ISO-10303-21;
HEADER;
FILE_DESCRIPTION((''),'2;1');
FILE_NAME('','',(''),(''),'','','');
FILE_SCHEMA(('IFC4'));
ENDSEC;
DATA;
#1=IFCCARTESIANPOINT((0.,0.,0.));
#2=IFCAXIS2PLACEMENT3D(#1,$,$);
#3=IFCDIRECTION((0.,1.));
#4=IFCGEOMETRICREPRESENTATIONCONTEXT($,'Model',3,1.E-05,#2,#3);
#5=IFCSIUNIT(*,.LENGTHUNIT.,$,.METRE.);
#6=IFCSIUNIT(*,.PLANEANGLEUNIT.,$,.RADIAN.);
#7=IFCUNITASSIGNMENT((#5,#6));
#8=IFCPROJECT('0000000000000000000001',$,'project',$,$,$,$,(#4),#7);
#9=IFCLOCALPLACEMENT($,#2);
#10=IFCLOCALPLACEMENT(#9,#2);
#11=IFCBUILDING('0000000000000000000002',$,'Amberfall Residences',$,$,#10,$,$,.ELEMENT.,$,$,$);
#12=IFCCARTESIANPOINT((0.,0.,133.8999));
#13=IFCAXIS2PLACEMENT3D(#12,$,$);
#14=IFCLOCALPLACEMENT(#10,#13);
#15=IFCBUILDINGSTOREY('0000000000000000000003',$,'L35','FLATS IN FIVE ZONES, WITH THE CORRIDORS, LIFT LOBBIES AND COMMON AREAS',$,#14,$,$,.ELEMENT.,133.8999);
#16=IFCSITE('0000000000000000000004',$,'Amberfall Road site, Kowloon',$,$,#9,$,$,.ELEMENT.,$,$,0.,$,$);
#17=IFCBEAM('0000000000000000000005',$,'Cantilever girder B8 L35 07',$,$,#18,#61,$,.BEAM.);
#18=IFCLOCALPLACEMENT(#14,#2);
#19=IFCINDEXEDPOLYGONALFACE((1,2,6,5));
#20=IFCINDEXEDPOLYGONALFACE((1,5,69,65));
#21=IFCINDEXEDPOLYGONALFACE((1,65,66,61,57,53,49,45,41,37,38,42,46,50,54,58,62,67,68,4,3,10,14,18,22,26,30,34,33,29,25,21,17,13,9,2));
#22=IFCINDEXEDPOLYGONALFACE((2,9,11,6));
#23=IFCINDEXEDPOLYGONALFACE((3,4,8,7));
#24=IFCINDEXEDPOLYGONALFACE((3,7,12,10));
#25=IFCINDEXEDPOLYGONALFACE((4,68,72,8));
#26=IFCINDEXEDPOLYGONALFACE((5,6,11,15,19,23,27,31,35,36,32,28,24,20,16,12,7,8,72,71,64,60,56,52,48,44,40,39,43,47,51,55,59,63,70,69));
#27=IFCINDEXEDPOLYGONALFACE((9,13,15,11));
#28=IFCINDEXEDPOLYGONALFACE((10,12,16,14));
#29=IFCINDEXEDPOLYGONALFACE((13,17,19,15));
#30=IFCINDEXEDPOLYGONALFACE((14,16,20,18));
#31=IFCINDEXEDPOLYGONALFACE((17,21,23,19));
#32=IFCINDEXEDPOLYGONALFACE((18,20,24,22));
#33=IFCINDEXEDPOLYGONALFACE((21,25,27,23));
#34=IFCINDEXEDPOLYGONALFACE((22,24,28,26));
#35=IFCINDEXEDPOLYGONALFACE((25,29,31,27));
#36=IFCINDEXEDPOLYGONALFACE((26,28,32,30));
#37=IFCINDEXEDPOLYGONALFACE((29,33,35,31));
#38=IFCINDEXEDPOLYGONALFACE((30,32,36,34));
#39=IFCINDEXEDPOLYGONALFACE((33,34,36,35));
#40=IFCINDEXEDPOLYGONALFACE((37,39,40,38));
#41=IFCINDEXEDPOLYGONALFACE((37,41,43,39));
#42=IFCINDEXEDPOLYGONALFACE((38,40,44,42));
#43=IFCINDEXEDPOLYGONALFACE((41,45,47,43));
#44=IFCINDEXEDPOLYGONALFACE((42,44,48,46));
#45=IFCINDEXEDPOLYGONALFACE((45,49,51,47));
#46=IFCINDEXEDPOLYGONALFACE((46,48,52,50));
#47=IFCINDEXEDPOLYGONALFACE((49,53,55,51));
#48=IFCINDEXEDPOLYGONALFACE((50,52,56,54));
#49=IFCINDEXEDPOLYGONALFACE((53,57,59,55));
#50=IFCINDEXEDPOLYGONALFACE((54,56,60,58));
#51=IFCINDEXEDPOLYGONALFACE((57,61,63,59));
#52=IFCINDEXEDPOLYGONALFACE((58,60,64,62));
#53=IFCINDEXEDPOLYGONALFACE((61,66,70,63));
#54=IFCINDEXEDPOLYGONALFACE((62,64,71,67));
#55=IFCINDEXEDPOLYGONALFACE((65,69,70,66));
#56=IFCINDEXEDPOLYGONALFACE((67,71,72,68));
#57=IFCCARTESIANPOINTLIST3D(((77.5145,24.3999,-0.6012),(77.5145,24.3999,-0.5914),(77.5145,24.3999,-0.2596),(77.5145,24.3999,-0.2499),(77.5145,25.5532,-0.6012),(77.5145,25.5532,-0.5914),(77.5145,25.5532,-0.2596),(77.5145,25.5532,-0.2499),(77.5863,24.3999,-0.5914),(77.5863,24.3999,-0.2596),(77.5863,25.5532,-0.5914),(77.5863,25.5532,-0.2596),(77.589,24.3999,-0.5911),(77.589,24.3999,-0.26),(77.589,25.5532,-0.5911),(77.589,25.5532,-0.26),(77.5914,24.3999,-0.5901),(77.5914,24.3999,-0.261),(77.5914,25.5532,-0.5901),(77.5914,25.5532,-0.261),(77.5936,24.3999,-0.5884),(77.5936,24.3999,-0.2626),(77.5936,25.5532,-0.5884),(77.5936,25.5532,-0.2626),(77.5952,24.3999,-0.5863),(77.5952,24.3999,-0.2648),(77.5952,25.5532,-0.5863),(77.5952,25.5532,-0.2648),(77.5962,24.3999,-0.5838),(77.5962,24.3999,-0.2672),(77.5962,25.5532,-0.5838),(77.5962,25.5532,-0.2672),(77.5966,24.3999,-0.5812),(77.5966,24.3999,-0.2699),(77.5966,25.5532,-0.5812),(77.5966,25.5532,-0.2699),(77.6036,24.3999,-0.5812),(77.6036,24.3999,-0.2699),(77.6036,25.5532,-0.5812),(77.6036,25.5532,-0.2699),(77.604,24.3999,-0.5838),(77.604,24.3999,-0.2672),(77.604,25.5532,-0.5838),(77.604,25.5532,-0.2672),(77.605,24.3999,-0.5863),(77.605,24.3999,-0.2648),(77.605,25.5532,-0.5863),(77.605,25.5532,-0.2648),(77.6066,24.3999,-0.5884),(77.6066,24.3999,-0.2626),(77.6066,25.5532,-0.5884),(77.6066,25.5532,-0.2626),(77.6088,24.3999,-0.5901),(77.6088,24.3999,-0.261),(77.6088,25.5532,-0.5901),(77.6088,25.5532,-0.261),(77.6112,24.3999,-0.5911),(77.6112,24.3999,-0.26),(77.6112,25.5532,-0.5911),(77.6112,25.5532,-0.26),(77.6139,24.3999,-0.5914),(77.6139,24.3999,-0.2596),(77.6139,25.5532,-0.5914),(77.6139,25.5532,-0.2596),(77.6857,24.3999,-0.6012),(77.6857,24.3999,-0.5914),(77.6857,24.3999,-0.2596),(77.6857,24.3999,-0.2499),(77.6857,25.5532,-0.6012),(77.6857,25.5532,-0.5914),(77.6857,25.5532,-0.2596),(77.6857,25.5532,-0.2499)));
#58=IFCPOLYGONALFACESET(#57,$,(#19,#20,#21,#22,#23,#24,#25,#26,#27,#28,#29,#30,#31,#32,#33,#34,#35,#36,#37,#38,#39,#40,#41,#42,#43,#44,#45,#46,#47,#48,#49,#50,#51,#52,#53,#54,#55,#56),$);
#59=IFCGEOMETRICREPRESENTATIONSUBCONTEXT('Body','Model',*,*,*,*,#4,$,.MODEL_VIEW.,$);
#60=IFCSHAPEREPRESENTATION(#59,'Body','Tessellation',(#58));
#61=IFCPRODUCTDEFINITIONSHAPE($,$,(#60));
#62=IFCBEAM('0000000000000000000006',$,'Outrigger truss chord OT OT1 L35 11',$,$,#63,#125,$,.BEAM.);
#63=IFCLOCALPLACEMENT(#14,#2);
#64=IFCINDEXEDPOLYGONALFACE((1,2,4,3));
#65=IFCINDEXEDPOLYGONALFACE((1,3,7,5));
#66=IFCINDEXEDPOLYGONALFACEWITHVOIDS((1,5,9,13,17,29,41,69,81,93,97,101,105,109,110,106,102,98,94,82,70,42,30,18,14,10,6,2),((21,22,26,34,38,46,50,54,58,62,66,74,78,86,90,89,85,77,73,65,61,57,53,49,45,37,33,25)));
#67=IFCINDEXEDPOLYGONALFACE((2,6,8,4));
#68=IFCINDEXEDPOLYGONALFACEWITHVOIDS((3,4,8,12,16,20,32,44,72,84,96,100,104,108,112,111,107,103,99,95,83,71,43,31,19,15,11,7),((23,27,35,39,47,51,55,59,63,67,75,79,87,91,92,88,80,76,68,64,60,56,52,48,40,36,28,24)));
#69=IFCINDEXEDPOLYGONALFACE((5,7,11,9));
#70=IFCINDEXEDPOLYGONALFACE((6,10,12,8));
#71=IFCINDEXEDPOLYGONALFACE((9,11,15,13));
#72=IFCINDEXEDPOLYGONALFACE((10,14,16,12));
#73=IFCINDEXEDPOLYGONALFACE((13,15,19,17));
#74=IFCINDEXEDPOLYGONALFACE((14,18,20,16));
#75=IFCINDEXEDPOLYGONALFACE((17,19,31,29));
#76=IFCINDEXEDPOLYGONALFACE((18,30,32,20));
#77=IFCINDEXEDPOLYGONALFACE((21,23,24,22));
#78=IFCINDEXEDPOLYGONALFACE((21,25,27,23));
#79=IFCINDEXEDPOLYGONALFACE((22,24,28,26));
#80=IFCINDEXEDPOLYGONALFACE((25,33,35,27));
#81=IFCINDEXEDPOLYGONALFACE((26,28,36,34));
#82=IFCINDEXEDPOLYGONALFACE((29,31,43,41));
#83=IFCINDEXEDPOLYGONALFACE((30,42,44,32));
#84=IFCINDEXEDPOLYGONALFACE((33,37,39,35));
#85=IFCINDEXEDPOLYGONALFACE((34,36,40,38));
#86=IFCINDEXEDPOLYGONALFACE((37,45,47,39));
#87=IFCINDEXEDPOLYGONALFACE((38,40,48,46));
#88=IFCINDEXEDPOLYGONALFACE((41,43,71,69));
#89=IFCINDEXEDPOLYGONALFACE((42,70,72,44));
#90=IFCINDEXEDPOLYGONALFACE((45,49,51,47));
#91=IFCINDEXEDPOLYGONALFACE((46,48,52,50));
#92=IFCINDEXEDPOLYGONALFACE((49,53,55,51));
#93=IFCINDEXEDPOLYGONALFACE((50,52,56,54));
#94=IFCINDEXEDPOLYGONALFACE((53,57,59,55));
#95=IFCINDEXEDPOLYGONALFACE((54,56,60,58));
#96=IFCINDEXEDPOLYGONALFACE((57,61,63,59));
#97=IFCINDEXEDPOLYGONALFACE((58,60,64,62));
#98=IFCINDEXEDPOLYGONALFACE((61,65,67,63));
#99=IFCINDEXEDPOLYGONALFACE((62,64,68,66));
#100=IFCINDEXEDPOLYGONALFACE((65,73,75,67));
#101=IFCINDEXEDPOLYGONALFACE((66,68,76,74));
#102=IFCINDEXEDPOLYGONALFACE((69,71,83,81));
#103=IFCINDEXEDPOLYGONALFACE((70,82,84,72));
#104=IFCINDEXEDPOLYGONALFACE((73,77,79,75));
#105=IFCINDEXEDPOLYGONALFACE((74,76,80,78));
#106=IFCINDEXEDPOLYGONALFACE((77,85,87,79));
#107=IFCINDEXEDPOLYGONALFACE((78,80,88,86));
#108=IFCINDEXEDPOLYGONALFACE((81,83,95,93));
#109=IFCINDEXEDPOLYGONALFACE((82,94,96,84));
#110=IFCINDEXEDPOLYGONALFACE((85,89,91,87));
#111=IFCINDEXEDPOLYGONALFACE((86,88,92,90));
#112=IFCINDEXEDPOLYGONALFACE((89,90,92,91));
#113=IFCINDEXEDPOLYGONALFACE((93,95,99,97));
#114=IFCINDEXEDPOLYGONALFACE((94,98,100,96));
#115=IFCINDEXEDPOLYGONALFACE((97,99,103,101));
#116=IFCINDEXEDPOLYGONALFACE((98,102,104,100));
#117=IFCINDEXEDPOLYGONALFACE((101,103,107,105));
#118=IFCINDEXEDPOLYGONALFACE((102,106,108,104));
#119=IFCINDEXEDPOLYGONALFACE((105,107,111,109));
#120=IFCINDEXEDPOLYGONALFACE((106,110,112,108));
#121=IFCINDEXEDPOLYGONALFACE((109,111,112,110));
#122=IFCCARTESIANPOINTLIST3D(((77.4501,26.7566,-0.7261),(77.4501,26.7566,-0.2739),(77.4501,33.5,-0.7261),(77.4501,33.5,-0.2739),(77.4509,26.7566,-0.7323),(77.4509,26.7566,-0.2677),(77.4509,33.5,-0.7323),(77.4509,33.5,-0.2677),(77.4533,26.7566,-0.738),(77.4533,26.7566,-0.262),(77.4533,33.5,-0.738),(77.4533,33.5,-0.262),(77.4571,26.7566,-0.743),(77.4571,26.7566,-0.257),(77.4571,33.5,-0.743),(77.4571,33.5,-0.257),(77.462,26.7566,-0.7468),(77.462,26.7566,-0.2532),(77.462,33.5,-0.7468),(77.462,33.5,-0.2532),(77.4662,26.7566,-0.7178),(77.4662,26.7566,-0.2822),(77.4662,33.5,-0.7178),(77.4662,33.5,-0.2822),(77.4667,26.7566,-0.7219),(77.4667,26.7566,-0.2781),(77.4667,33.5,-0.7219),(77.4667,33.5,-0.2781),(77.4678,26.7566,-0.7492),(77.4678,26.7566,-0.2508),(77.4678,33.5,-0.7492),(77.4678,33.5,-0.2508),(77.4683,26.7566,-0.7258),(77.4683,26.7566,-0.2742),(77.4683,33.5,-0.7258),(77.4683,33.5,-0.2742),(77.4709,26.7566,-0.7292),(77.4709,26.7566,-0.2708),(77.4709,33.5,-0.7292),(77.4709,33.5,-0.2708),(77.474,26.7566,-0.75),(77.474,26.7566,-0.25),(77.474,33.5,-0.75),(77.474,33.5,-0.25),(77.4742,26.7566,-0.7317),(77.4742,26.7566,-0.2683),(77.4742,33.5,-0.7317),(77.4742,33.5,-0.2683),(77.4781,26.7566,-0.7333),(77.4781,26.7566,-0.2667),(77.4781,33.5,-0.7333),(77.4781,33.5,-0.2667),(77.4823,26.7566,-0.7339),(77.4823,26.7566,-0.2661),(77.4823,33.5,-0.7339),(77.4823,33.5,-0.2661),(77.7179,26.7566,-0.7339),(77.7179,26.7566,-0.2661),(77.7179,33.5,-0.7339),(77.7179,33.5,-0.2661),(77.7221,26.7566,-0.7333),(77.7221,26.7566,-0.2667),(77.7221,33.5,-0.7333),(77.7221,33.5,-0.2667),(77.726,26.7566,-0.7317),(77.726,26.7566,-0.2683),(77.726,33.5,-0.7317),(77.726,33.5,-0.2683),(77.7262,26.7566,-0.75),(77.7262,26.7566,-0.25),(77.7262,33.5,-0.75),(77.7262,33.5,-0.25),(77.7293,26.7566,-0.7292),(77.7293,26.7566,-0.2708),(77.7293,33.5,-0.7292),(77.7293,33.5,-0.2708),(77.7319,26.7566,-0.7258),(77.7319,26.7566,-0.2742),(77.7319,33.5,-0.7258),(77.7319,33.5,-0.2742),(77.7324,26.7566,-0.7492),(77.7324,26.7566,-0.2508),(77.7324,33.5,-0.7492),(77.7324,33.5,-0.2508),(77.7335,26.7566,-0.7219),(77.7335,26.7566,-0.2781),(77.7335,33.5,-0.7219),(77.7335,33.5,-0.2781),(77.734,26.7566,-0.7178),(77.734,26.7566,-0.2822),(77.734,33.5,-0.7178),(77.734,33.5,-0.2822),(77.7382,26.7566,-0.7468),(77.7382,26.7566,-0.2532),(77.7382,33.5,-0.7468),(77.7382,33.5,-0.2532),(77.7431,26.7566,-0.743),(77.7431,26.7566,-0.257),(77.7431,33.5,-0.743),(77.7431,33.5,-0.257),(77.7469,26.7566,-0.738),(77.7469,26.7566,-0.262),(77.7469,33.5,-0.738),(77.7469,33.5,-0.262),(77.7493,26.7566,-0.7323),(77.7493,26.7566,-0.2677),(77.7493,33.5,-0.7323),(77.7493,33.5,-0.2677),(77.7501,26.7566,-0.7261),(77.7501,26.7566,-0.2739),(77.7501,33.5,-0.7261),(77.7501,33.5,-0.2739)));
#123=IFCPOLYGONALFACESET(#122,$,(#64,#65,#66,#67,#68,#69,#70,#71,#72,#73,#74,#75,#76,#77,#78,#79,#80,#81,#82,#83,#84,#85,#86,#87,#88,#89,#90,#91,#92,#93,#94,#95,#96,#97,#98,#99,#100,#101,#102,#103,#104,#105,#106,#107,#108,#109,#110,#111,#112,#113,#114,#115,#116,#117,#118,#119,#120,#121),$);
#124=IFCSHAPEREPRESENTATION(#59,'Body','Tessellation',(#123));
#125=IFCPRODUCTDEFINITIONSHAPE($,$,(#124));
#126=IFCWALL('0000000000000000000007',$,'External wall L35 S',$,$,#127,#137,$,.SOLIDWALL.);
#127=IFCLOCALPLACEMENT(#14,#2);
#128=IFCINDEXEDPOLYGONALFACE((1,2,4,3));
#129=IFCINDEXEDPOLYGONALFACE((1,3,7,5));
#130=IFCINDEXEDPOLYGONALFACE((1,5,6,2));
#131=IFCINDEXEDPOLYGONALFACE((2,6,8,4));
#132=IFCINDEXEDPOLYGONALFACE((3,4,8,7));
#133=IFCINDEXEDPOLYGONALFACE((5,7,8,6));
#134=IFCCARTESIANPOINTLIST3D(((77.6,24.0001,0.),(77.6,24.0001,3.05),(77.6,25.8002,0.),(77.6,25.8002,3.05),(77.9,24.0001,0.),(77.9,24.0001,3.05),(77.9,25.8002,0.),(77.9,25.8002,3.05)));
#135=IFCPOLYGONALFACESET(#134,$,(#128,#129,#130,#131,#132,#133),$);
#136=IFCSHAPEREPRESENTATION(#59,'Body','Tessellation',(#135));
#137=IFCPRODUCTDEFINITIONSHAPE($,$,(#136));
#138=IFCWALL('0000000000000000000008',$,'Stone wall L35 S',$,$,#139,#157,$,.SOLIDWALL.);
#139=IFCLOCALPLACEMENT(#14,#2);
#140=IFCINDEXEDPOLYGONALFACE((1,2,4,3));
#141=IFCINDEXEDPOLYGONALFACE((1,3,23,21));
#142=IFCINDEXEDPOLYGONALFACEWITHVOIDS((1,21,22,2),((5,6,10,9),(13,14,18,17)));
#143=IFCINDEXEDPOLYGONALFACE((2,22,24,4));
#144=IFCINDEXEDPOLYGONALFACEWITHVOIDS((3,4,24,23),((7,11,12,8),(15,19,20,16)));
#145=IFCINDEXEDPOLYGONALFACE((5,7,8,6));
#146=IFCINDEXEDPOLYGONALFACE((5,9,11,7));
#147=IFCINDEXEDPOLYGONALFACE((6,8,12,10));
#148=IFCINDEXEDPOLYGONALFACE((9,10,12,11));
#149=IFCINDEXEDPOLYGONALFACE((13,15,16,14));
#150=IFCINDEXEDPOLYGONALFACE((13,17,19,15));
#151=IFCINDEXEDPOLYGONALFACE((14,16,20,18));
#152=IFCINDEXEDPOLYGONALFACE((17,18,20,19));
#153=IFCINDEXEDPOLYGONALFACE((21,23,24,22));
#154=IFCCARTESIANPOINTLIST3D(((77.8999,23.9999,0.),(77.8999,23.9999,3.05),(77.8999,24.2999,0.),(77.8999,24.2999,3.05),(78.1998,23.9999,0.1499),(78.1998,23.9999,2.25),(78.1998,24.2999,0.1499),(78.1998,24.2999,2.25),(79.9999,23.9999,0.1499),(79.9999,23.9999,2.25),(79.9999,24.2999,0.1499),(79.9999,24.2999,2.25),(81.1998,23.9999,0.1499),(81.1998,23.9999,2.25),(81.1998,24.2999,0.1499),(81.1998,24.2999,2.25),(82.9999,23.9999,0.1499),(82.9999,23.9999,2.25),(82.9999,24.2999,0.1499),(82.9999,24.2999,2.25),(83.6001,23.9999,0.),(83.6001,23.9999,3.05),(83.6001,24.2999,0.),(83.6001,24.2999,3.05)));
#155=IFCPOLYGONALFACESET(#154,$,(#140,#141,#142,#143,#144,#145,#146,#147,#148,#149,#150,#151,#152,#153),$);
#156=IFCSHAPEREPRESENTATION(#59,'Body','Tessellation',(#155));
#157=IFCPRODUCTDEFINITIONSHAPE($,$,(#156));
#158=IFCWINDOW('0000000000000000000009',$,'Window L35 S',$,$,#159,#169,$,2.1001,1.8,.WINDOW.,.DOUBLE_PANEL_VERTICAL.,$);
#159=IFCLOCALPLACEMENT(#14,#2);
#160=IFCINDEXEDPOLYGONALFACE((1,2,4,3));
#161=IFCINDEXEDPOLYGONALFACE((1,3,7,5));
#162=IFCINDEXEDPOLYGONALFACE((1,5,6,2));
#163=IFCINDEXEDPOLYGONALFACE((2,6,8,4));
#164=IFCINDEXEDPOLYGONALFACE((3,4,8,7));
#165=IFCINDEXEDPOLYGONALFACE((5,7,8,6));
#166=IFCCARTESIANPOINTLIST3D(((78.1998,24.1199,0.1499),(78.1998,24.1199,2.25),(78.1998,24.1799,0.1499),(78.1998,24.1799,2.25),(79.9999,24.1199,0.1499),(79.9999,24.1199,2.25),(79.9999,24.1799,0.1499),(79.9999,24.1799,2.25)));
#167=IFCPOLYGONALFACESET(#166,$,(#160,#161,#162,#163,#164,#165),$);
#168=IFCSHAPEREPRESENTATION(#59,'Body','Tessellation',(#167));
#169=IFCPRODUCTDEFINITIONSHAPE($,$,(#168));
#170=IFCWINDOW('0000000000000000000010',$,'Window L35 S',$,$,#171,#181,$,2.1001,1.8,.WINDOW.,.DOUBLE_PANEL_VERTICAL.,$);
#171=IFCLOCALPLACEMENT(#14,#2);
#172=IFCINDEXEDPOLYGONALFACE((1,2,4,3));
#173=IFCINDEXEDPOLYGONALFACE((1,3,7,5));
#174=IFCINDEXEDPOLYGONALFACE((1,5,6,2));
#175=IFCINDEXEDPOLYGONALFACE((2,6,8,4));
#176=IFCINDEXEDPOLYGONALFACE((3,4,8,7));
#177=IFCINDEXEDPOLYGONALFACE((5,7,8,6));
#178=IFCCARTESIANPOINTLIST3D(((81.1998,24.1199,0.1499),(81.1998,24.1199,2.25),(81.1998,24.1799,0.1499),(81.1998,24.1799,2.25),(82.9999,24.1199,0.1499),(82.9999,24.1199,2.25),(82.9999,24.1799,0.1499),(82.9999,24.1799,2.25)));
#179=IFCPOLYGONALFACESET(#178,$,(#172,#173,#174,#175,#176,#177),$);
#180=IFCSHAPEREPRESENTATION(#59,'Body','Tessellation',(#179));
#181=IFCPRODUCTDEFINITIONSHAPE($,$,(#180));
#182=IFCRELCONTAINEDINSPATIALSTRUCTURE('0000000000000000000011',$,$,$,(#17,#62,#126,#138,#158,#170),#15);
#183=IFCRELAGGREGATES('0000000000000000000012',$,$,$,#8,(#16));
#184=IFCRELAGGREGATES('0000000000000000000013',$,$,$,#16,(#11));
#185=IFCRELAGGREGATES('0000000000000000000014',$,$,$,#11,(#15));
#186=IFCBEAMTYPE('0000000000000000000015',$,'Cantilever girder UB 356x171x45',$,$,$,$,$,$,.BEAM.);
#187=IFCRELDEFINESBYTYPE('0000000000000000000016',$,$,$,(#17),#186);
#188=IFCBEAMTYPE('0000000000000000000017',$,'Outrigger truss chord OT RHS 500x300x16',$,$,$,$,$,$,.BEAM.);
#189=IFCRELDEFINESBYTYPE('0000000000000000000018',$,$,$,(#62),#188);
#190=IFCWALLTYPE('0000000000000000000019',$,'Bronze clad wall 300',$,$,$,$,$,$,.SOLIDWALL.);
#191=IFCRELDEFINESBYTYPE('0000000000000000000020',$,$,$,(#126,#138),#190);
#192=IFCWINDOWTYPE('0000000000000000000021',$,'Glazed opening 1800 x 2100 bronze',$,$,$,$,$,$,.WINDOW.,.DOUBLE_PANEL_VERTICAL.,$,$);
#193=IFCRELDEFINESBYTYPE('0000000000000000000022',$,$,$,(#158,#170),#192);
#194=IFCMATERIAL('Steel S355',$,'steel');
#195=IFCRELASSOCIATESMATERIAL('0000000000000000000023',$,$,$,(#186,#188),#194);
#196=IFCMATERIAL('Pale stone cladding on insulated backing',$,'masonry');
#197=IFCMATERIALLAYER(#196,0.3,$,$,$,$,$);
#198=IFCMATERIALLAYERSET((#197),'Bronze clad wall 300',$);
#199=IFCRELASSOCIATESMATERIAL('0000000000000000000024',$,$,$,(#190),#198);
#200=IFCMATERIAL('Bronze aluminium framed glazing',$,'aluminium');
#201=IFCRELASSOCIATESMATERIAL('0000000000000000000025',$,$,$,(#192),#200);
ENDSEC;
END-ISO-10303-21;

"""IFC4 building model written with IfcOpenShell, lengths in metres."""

from ifc_helpers import new_model, si_unit, direction, frame, frame_2d, origin, origin_2d, place, context, subcontext, project, spatial, rectangle, hollow_rectangle, i_section, extrude, material, layer, layer_set, material_profile, profile_set, type_object, element, fill, save


model = new_model("IFC4")

# Units and contexts
model_context = context("Model", 3, precision=1e-05, world=origin(), true_north=direction((0.0, 1.0)))
body_context = subcontext(model_context, "Body", "Model", "MODEL_VIEW")
ifc_project = project(units=[si_unit("LENGTHUNIT", "METRE"), si_unit("PLANEANGLEUNIT", "RADIAN")], contexts=[model_context])

# Site, building, storey
site_placement = place(None, origin())
site = spatial("IfcSite", under=ifc_project, at=site_placement, Name="Amberfall Road site, Kowloon", CompositionType="ELEMENT", RefElevation=0.0)
building_placement = place(site_placement, origin())
building = spatial("IfcBuilding", under=site, at=building_placement, Name="Amberfall Residences", CompositionType="ELEMENT")
storey_placement = place(building_placement, frame((0.0, 0.0, 133.8999)))
storey = spatial("IfcBuildingStorey", under=building, at=storey_placement, Name="L35", Description="FLATS IN FIVE ZONES, WITH THE CORRIDORS, LIFT LOBBIES AND COMMON AREAS", CompositionType="ELEMENT", Elevation=133.8999)

# Beams
ifc_material_1 = material(Name="Steel S355", Category="steel")
ifc_material_profile_1 = material_profile(ifc_material_1, i_section(OverallWidth=0.1711, OverallDepth=0.3513, WebThickness=0.0071, FlangeThickness=0.0098, FilletRadius=0.0103, at=origin_2d()), Name="UB 356x171x45")
ifc_profile_set_1 = profile_set([ifc_material_profile_1], Name="Steel S355")
beam_type_1 = type_object("IfcBeamType", Name="Cantilever girder UB 356x171x45", PredefinedType="BEAM", material=ifc_profile_set_1)
beam_1_placement = place(storey_placement, frame((77.6001, 25.5532, -0.4255), z_axis=(0.0, -1.0, 0.0), x_axis=(1.0, 0.0, 0.0)))
element("IfcBeam", 1, at=beam_1_placement, inside=storey, type_object=beam_type_1, Name="Cantilever girder B8 L35 07", PredefinedType="BEAM", context=body_context, shape_type="SweptSolid", body=[
    extrude(i_section(OverallWidth=0.1711, OverallDepth=0.3513, WebThickness=0.0071, FlangeThickness=0.0098, FilletRadius=0.0103, at=origin_2d()), origin(), (0.0, 0.0, 1.0), 1.1533),
])
ifc_material_profile_2 = material_profile(ifc_material_1, hollow_rectangle(XDim=0.3, YDim=0.5, WallThickness=0.0161, InnerFilletRadius=0.0161, OuterFilletRadius=0.0239, at=origin_2d()), Name="RHS 500x300x16")
ifc_profile_set_2 = profile_set([ifc_material_profile_2], Name="Steel S355")
beam_type_2 = type_object("IfcBeamType", Name="Outrigger truss chord OT RHS 500x300x16", PredefinedType="BEAM", material=ifc_profile_set_2)
beam_2_placement = place(storey_placement, frame((77.6001, 26.7566, -0.5), z_axis=(0.0, 1.0, 0.0), x_axis=(-1.0, 0.0, 0.0)))
element("IfcBeam", 2, at=beam_2_placement, inside=storey, type_object=beam_type_2, Name="Outrigger truss chord OT OT1 L35 11", PredefinedType="BEAM", context=body_context, shape_type="SweptSolid", body=[
    extrude(hollow_rectangle(XDim=0.3, YDim=0.5, WallThickness=0.0161, InnerFilletRadius=0.0161, OuterFilletRadius=0.0239, at=origin_2d()), origin(), (0.0, 0.0, 1.0), 6.7434),
])

# Wall
ifc_material_2 = material(Name="Pale stone cladding on insulated backing", Category="masonry")
ifc_layer_1 = layer(ifc_material_2, 0.3)
ifc_layer_set_1 = layer_set([ifc_layer_1], Name="Bronze clad wall 300")
wall_type_1 = type_object("IfcWallType", Name="Bronze clad wall 300", PredefinedType="SOLIDWALL", material=ifc_layer_set_1)
wall_1_placement = place(storey_placement, frame((77.75, 25.8, 0.0), z_axis=(0.0, 0.0, 1.0), x_axis=(0.0, -1.0, 0.0)))
element("IfcWall", 3, at=wall_1_placement, inside=storey, type_object=wall_type_1, Name="External wall L35 S", PredefinedType="SOLIDWALL", context=body_context, shape_type="SweptSolid", body=[
    extrude(rectangle(XDim=1.8, YDim=0.3, at=frame_2d((0.8999, 0.0))), origin(), (0.0, 0.0, 1.0), 3.05),
])

# Wall, openings, windows
wall_2_placement = place(storey_placement, frame((77.8999, 24.1499, 0.0), z_axis=(0.0, 0.0, 1.0), x_axis=(1.0, 0.0, 0.0)))
wall_2 = element("IfcWall", 4, at=wall_2_placement, inside=storey, type_object=wall_type_1, Name="Stone wall L35 S", PredefinedType="SOLIDWALL", context=body_context, shape_type="SweptSolid", body=[
    extrude(rectangle(XDim=5.7002, YDim=0.3, at=frame_2d((2.8501, 0.0))), origin(), (0.0, 0.0, 1.0), 3.05),
])
opening_1_placement = place(wall_2_placement, frame((0.3, 0.0, 0.1499)))
opening_1 = element("IfcOpeningElement", 5, at=opening_1_placement, cuts=wall_2, PredefinedType="OPENING", context=body_context, shape_type="SweptSolid", body=[
    extrude(rectangle(XDim=1.8, YDim=2.1001, at=frame_2d((0.8999, 1.05))), frame((0.0, 0.1599, 0.0), z_axis=(0.0, -1.0, 0.0), x_axis=(1.0, 0.0, 0.0)), (0.0, 0.0, 1.0), 0.3201),
])
opening_2_placement = place(wall_2_placement, frame((3.3, 0.0, 0.1499)))
opening_2 = element("IfcOpeningElement", 6, at=opening_2_placement, cuts=wall_2, PredefinedType="OPENING", context=body_context, shape_type="SweptSolid", body=[
    extrude(rectangle(XDim=1.8, YDim=2.1001, at=frame_2d((0.8999, 1.05))), frame((0.0, 0.1599, 0.0), z_axis=(0.0, -1.0, 0.0), x_axis=(1.0, 0.0, 0.0)), (0.0, 0.0, 1.0), 0.3201),
])
ifc_material_3 = material(Name="Bronze aluminium framed glazing", Category="aluminium")
window_type = type_object("IfcWindowType", Name="Glazed opening 1800 x 2100 bronze", PartitioningType="DOUBLE_PANEL_VERTICAL", PredefinedType="WINDOW", material=ifc_material_3)
window_1_placement = place(opening_1_placement, origin())
window_1 = element("IfcWindow", 7, at=window_1_placement, inside=storey, type_object=window_type, Name="Window L35 S", OverallHeight=2.1001, OverallWidth=1.8, PartitioningType="DOUBLE_PANEL_VERTICAL", PredefinedType="WINDOW", context=body_context, shape_type="SweptSolid", body=[
    extrude(rectangle(XDim=1.8, YDim=2.1001, at=frame_2d((0.8999, 1.05))), frame((0.0, 0.03, 0.0), z_axis=(0.0, -1.0, 0.0), x_axis=(1.0, 0.0, 0.0)), (0.0, 0.0, 1.0), 0.0601),
])
fill(opening_1, window_1)
window_2_placement = place(opening_2_placement, origin())
window_2 = element("IfcWindow", 8, at=window_2_placement, inside=storey, type_object=window_type, Name="Window L35 S", OverallHeight=2.1001, OverallWidth=1.8, PartitioningType="DOUBLE_PANEL_VERTICAL", PredefinedType="WINDOW", context=body_context, shape_type="SweptSolid", body=[
    extrude(rectangle(XDim=1.8, YDim=2.1001, at=frame_2d((0.8999, 1.05))), frame((0.0, 0.03, 0.0), z_axis=(0.0, -1.0, 0.0), x_axis=(1.0, 0.0, 0.0)), (0.0, 0.0, 1.0), 0.0601),
])
fill(opening_2, window_2)

save(model, "model.ifc")
